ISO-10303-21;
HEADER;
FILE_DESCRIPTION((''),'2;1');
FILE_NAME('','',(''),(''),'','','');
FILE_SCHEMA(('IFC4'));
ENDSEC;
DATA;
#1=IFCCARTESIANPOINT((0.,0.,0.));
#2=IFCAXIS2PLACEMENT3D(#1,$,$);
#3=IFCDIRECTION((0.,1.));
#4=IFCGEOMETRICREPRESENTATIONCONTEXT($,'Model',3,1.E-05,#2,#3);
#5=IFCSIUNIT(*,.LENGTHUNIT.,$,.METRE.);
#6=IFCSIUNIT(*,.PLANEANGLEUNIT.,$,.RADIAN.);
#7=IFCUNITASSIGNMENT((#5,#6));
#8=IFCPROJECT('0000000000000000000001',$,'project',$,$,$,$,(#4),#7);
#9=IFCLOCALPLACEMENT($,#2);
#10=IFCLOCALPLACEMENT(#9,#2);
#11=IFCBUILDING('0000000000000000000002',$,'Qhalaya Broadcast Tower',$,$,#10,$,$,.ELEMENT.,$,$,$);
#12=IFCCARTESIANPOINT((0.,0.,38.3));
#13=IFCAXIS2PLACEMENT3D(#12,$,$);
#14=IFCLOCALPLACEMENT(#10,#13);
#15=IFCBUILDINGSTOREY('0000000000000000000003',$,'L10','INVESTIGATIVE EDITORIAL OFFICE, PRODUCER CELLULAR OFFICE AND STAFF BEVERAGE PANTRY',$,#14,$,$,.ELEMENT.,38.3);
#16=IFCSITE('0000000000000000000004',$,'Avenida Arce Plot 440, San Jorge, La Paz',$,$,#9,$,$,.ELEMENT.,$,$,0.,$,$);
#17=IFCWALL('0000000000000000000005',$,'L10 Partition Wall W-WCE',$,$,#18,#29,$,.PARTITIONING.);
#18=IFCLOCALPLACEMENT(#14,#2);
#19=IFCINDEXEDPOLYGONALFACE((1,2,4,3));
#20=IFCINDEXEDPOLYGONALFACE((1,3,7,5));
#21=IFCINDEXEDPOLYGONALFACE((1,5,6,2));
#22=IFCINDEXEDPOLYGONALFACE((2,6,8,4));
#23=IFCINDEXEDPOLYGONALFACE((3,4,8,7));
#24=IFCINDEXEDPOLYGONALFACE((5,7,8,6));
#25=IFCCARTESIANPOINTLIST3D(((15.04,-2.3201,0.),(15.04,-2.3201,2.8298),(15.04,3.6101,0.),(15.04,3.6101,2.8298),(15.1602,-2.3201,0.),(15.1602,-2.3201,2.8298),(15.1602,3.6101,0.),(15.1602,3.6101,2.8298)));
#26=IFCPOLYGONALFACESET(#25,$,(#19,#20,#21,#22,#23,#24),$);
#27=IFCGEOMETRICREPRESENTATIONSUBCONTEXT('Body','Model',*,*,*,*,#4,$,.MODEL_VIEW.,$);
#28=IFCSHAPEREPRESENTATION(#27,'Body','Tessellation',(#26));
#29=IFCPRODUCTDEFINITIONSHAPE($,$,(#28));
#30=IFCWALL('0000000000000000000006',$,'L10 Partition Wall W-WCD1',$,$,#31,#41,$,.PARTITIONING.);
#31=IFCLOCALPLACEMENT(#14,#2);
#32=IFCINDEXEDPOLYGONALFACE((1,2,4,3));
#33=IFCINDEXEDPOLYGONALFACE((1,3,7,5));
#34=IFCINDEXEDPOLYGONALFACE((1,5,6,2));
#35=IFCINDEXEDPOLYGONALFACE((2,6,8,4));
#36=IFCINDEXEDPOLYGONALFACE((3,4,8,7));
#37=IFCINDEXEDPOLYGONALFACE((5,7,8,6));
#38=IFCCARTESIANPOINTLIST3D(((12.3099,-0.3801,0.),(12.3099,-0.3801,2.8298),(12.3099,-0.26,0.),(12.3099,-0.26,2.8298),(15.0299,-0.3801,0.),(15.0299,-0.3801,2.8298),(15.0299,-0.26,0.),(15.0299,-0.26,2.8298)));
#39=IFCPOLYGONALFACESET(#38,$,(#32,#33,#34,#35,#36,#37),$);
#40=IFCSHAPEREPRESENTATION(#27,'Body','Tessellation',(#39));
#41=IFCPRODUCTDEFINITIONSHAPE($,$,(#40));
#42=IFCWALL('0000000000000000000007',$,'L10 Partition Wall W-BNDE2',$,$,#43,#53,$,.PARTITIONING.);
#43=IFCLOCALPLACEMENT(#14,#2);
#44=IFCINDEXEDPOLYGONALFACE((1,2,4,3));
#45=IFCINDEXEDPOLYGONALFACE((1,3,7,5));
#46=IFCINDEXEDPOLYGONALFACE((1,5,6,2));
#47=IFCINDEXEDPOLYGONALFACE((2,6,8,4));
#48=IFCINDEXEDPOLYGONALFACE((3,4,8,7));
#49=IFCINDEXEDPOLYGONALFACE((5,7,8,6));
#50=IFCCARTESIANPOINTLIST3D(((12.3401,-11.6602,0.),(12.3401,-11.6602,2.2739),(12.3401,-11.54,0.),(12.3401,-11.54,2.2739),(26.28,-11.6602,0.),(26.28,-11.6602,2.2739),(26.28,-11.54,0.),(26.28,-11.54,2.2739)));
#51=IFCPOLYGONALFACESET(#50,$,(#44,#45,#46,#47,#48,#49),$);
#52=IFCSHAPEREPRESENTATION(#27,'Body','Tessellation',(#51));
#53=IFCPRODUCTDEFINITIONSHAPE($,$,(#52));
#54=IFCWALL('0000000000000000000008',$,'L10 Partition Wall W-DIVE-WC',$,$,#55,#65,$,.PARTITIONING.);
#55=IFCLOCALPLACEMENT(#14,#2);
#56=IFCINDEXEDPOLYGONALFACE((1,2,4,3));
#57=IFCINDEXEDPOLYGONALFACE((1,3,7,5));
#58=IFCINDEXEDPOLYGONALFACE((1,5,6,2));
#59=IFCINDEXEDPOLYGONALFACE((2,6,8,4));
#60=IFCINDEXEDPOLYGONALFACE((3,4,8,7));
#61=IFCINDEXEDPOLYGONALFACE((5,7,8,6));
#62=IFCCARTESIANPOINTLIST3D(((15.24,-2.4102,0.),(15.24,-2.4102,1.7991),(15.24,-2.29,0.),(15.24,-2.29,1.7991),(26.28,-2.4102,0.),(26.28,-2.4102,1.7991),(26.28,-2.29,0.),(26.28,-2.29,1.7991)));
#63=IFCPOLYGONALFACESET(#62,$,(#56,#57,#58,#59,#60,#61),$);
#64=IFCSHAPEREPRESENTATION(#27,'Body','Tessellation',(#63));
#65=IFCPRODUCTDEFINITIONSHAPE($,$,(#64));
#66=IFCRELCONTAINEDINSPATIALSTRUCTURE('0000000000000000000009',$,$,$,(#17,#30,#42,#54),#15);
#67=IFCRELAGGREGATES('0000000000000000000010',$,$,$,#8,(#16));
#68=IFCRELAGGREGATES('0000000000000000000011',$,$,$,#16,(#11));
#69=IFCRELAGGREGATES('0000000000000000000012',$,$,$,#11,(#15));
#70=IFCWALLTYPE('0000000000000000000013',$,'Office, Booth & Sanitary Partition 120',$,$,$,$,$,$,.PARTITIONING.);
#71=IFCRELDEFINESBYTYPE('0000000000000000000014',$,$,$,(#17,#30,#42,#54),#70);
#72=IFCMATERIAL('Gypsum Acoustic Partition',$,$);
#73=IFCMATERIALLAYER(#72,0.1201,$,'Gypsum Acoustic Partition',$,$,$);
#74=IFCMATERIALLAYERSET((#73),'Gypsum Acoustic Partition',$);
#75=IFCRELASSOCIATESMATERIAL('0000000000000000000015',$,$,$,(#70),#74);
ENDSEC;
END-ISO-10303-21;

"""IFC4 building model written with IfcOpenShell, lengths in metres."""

from ifc_helpers import new_model, si_unit, direction, frame, frame_2d, origin, place, context, subcontext, project, spatial, rectangle, extrude, material, layer, layer_set, type_object, element, save


model = new_model("IFC4")

# Units and contexts
model_context = context("Model", 3, precision=1e-05, world=origin(), true_north=direction((0.0, 1.0)))
body_context = subcontext(model_context, "Body", "Model", "MODEL_VIEW")
ifc_project = project(units=[si_unit("LENGTHUNIT", "METRE"), si_unit("PLANEANGLEUNIT", "RADIAN")], contexts=[model_context])

# Site, building, storey
site_placement = place(None, origin())
site = spatial("IfcSite", under=ifc_project, at=site_placement, Name="Avenida Arce Plot 440, San Jorge, La Paz", CompositionType="ELEMENT", RefElevation=0.0)
building_placement = place(site_placement, origin())
building = spatial("IfcBuilding", under=site, at=building_placement, Name="Qhalaya Broadcast Tower", CompositionType="ELEMENT")
storey_placement = place(building_placement, frame((0.0, 0.0, 38.3)))
storey = spatial("IfcBuildingStorey", under=building, at=storey_placement, Name="L10", Description="INVESTIGATIVE EDITORIAL OFFICE, PRODUCER CELLULAR OFFICE AND STAFF BEVERAGE PANTRY", CompositionType="ELEMENT", Elevation=38.3)

# Walls
ifc_material_1 = material(Name="Gypsum Acoustic Partition")
ifc_layer_1 = layer(ifc_material_1, 0.1201, Name="Gypsum Acoustic Partition")
ifc_layer_set_1 = layer_set([ifc_layer_1], Name="Gypsum Acoustic Partition")
wall_type_1 = type_object("IfcWallType", Name="Office, Booth & Sanitary Partition 120", PredefinedType="PARTITIONING", material=ifc_layer_set_1)
wall_1_placement = place(storey_placement, frame((15.1001, -2.3201, 0.0), z_axis=(0.0, 0.0, 1.0), x_axis=(0.0, 1.0, 0.0)))
element("IfcWall", 1, at=wall_1_placement, inside=storey, type_object=wall_type_1, Name="L10 Partition Wall W-WCE", PredefinedType="PARTITIONING", context=body_context, shape_type="SweptSolid", body=[
    extrude(rectangle(XDim=5.9302, YDim=0.1201, at=frame_2d((2.9651, 0.0))), origin(), (0.0, 0.0, 1.0), 2.8298),
])
wall_2_placement = place(storey_placement, frame((12.3101, -0.3201, 0.0), z_axis=(0.0, 0.0, 1.0), x_axis=(1.0, 0.0, 0.0)))
element("IfcWall", 2, at=wall_2_placement, inside=storey, type_object=wall_type_1, Name="L10 Partition Wall W-WCD1", PredefinedType="PARTITIONING", context=body_context, shape_type="SweptSolid", body=[
    extrude(rectangle(XDim=2.72, YDim=0.1201, at=frame_2d((1.3599, 0.0))), origin(), (0.0, 0.0, 1.0), 2.8298),
])
wall_3_placement = place(storey_placement, frame((12.3401, -11.6001, 0.0), z_axis=(0.0, 0.0, 1.0), x_axis=(1.0, 0.0, 0.0)))
element("IfcWall", 3, at=wall_3_placement, inside=storey, type_object=wall_type_1, Name="L10 Partition Wall W-BNDE2", PredefinedType="PARTITIONING", context=body_context, shape_type="SweptSolid", body=[
    extrude(rectangle(XDim=13.9399, YDim=0.1201, at=frame_2d((6.97, 0.0))), origin(), (0.0, 0.0, 1.0), 2.2739),
])
wall_4_placement = place(storey_placement, frame((15.24, -2.3501, 0.0), z_axis=(0.0, 0.0, 1.0), x_axis=(1.0, 0.0, 0.0)))
element("IfcWall", 4, at=wall_4_placement, inside=storey, type_object=wall_type_1, Name="L10 Partition Wall W-DIVE-WC", PredefinedType="PARTITIONING", context=body_context, shape_type="SweptSolid", body=[
    extrude(rectangle(XDim=11.04, YDim=0.1201, at=frame_2d((5.52, 0.0))), origin(), (0.0, 0.0, 1.0), 1.7991),
])

save(model, "model.ifc")
